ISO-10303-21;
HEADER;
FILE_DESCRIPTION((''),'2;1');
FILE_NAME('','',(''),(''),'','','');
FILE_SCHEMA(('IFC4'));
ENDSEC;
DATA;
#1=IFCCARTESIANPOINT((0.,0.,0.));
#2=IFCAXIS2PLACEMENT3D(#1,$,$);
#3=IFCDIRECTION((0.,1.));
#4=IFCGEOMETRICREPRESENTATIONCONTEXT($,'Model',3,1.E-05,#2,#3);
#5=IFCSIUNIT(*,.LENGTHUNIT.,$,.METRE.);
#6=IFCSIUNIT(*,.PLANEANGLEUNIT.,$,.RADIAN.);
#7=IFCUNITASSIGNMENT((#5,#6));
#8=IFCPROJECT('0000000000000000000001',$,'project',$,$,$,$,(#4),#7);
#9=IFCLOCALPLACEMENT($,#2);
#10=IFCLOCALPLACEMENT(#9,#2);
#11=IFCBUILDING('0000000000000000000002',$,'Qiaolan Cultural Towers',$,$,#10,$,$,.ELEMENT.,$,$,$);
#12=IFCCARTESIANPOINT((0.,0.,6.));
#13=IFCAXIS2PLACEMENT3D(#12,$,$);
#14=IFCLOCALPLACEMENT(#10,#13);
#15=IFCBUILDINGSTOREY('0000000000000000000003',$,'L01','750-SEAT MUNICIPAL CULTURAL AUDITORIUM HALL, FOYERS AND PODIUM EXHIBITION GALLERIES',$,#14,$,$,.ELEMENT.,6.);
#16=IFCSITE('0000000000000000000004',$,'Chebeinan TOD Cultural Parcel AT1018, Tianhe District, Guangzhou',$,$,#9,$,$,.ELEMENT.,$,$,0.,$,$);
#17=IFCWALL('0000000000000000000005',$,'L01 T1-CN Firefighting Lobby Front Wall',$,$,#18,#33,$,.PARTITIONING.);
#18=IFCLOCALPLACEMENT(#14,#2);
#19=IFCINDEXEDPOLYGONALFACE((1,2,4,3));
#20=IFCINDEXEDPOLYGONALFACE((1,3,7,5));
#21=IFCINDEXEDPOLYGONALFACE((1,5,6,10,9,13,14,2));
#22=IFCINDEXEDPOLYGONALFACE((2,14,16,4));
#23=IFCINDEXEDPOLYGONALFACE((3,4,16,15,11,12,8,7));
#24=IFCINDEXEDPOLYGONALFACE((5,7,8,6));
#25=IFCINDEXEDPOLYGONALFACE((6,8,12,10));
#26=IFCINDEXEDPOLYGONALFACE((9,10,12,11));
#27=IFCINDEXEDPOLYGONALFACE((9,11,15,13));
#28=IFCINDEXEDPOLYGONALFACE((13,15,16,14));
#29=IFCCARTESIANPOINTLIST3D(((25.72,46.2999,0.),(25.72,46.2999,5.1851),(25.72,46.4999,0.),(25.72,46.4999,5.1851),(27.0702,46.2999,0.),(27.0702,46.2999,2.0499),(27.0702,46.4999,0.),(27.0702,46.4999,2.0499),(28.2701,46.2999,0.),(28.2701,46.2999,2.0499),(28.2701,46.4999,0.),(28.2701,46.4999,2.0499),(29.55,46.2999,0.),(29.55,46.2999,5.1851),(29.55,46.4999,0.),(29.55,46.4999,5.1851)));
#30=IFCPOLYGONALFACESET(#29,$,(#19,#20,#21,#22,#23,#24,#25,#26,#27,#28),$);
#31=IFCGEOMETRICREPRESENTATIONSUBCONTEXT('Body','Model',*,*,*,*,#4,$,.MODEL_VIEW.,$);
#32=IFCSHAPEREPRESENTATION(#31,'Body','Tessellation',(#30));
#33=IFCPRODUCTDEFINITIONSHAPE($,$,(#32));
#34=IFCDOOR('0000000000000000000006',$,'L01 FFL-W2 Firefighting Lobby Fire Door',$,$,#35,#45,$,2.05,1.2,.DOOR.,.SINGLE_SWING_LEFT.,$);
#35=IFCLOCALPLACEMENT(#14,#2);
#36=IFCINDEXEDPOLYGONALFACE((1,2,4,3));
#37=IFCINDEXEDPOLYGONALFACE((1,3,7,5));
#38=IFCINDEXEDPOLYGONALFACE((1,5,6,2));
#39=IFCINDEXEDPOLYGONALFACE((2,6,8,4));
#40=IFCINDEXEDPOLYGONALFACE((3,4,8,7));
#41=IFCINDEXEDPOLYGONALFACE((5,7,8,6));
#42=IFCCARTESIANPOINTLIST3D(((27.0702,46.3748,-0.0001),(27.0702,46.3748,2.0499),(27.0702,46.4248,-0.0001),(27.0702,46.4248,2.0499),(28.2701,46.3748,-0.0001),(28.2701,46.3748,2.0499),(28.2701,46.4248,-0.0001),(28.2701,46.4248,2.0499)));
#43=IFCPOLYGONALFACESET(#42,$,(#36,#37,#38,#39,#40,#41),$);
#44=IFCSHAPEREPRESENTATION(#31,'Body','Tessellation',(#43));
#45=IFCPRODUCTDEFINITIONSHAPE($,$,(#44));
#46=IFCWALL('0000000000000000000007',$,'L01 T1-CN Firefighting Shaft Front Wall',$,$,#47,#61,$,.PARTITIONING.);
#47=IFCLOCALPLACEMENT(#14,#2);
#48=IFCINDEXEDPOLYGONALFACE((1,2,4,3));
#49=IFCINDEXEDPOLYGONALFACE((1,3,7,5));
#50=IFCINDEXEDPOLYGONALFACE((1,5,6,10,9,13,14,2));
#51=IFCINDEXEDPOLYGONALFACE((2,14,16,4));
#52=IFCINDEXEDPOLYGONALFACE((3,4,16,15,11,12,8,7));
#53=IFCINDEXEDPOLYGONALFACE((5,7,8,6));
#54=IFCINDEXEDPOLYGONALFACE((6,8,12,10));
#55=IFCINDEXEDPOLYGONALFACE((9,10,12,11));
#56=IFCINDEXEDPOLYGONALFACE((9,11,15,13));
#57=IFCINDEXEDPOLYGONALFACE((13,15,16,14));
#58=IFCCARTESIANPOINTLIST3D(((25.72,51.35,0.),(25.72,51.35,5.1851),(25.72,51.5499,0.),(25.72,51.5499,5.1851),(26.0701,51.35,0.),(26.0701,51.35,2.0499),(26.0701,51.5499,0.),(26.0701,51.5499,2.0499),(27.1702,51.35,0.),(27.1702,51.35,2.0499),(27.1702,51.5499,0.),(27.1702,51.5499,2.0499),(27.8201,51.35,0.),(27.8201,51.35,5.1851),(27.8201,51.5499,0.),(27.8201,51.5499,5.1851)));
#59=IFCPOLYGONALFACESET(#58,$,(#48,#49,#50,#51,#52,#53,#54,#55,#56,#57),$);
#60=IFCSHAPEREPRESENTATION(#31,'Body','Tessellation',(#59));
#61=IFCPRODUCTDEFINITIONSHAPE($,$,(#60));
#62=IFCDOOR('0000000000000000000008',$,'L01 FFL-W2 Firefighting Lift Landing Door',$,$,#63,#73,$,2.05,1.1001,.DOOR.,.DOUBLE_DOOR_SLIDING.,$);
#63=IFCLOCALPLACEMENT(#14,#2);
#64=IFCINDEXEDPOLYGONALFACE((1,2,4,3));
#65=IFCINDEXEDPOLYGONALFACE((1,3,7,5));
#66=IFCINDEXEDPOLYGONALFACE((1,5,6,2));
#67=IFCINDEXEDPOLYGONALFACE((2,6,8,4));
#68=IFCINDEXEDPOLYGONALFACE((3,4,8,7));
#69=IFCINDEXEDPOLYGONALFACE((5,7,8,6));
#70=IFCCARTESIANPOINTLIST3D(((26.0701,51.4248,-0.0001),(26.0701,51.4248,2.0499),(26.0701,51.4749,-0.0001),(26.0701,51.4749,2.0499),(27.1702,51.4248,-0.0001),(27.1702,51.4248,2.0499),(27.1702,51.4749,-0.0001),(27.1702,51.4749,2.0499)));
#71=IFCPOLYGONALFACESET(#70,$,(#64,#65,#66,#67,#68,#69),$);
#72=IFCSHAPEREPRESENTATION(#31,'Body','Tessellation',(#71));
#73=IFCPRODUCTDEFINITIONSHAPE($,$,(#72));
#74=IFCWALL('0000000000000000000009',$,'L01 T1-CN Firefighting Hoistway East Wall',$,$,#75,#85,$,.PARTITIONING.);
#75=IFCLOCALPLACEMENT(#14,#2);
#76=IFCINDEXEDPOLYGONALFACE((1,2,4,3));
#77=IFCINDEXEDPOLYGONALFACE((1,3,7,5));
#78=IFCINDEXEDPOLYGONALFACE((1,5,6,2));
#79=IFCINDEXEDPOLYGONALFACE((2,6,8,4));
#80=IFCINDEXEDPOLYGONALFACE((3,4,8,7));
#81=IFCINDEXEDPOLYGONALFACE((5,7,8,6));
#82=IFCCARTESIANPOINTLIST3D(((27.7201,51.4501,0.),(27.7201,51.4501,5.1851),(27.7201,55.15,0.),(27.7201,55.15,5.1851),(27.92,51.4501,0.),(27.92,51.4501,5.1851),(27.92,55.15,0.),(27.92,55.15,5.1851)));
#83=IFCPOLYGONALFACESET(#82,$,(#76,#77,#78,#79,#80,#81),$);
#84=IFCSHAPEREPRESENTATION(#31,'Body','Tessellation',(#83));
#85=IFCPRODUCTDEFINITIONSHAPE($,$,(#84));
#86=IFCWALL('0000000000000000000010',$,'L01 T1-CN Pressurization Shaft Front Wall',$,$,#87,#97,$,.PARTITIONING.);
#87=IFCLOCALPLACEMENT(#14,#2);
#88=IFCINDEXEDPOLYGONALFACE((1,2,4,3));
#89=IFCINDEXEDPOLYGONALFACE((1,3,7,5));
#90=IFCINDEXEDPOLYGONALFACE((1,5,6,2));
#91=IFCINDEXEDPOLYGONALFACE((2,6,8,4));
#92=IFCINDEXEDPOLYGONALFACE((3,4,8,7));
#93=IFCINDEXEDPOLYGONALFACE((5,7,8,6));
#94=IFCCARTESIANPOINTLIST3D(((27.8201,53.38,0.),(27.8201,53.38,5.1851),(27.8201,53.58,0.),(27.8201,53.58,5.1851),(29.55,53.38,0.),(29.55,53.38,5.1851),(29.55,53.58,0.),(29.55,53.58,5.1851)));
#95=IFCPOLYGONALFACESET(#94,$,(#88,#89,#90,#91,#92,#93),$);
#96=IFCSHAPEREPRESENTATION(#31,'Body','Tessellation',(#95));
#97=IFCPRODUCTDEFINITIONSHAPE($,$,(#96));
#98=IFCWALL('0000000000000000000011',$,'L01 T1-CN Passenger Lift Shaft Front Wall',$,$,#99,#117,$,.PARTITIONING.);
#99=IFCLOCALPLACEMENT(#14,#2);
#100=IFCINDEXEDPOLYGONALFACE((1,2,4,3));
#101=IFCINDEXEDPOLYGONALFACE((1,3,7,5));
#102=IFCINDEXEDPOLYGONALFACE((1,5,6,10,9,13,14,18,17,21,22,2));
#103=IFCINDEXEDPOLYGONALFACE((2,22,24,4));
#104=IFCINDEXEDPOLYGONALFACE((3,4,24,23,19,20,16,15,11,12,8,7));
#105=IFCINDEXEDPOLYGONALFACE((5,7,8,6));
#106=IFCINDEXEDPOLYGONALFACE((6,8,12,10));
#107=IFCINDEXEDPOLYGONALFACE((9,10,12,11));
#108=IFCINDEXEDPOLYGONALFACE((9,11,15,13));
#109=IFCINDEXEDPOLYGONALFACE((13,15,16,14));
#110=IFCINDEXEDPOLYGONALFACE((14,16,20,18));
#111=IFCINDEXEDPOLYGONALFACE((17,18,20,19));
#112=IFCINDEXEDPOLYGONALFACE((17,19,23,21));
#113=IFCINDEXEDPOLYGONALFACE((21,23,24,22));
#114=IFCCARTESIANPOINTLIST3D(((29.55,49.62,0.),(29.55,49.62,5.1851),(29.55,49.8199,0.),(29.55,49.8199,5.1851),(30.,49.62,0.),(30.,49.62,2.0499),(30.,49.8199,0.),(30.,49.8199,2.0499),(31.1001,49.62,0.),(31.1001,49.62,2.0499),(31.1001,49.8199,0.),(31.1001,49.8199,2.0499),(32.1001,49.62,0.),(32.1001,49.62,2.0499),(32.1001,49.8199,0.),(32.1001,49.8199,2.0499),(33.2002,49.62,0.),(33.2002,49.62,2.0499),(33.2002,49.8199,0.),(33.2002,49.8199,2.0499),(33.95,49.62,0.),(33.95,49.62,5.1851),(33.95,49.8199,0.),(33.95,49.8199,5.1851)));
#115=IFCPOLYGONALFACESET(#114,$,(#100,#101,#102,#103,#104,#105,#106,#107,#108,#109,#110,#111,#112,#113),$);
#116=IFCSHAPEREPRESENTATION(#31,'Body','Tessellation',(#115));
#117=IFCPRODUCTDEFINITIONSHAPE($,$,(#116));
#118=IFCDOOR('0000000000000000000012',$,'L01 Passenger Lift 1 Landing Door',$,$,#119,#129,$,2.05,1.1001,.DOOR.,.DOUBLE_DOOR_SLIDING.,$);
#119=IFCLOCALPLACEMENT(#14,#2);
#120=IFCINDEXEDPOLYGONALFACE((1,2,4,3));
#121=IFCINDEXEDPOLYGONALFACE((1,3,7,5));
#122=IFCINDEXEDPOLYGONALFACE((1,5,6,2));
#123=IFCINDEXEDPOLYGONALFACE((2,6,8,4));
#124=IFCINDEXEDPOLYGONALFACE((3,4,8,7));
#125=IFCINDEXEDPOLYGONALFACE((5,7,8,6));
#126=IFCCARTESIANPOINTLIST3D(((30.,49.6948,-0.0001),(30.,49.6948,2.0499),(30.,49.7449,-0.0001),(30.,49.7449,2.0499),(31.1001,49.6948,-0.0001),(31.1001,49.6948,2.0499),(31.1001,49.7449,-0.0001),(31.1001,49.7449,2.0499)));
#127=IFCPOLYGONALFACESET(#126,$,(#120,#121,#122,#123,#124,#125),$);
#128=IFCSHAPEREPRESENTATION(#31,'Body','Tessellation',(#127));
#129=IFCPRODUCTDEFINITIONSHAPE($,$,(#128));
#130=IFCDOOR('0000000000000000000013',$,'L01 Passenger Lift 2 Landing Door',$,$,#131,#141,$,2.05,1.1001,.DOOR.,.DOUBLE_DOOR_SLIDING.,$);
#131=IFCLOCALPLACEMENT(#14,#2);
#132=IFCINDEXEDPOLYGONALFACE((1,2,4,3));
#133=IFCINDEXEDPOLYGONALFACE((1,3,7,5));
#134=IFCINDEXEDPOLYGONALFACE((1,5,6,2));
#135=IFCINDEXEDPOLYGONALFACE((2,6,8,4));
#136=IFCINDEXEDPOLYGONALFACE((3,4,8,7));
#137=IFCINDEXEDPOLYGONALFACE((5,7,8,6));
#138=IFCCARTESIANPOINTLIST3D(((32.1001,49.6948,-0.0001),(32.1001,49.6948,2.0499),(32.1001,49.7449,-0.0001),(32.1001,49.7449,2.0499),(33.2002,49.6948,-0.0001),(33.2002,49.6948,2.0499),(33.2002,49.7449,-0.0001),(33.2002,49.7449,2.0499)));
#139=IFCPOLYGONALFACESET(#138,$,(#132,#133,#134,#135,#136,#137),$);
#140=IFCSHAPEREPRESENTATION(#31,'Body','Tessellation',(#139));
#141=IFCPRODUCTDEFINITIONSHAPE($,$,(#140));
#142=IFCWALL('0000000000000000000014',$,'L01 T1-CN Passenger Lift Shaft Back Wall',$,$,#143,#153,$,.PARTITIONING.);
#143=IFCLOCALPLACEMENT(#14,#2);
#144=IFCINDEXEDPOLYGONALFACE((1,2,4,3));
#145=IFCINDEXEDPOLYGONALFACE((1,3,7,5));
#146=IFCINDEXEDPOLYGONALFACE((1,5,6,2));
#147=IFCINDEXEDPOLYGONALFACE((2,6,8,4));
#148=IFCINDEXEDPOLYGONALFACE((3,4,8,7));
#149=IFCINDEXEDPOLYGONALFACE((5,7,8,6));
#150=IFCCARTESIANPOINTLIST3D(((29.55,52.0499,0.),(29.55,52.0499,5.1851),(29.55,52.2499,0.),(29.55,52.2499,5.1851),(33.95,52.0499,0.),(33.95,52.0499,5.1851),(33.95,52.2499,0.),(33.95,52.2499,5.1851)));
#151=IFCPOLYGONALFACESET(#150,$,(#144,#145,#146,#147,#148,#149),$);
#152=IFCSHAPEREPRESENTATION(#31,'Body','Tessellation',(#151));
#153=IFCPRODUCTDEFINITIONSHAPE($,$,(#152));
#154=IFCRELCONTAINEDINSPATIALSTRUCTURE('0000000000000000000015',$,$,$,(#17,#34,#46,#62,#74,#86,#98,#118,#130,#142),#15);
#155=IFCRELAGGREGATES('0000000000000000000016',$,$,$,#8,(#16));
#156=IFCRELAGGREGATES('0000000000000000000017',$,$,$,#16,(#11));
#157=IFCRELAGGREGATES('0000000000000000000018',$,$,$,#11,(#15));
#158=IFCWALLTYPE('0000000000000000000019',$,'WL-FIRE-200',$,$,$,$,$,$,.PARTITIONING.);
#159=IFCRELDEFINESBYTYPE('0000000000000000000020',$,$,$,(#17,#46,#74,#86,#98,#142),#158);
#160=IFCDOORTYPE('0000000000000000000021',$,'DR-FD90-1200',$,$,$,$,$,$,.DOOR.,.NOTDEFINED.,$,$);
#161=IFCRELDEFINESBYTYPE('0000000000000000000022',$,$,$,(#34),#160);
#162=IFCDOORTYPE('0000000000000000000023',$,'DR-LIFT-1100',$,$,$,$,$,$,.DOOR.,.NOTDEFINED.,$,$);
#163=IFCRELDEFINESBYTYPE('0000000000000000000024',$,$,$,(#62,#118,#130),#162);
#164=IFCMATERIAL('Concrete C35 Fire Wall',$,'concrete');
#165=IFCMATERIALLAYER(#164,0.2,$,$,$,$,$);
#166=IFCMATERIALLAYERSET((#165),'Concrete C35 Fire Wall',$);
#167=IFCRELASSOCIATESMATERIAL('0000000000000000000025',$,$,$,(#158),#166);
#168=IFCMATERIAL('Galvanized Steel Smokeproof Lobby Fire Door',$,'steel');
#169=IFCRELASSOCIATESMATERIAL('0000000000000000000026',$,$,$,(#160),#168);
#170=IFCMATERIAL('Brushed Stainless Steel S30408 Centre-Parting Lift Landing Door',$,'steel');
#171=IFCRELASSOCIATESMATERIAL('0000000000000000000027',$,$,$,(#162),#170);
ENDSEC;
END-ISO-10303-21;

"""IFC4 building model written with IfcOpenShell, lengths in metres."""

from ifc_helpers import new_model, si_unit, direction, frame, frame_2d, origin, place, context, subcontext, project, spatial, rectangle, extrude, material, layer, layer_set, type_object, element, fill, save


model = new_model("IFC4")

# Units and contexts
model_context = context("Model", 3, precision=1e-05, world=origin(), true_north=direction((0.0, 1.0)))
body_context = subcontext(model_context, "Body", "Model", "MODEL_VIEW")
ifc_project = project(units=[si_unit("LENGTHUNIT", "METRE"), si_unit("PLANEANGLEUNIT", "RADIAN")], contexts=[model_context])

# Site, building, storey
site_placement = place(None, origin())
site = spatial("IfcSite", under=ifc_project, at=site_placement, Name="Chebeinan TOD Cultural Parcel AT1018, Tianhe District, Guangzhou", CompositionType="ELEMENT", RefElevation=0.0)
building_placement = place(site_placement, origin())
building = spatial("IfcBuilding", under=site, at=building_placement, Name="Qiaolan Cultural Towers", CompositionType="ELEMENT")
storey_placement = place(building_placement, frame((0.0, 0.0, 6.0)))
storey = spatial("IfcBuildingStorey", under=building, at=storey_placement, Name="L01", Description="750-SEAT MUNICIPAL CULTURAL AUDITORIUM HALL, FOYERS AND PODIUM EXHIBITION GALLERIES", CompositionType="ELEMENT", Elevation=6.0)

# Shared definitions
ifc_material_1 = material(Name="Concrete C35 Fire Wall", Category="concrete")
ifc_layer_1 = layer(ifc_material_1, 0.2)
ifc_layer_set_1 = layer_set([ifc_layer_1], Name="Concrete C35 Fire Wall")
wall_type_1 = type_object("IfcWallType", Name="WL-FIRE-200", PredefinedType="PARTITIONING", material=ifc_layer_set_1)

# Walls, openings, doors
wall_1_placement = place(storey_placement, frame((25.72, 46.3999, 0.0), z_axis=(0.0, 0.0, 1.0), x_axis=(1.0, 0.0, 0.0)))
wall_1 = element("IfcWall", 1, at=wall_1_placement, inside=storey, type_object=wall_type_1, Name="L01 T1-CN Firefighting Lobby Front Wall", PredefinedType="PARTITIONING", context=body_context, shape_type="SweptSolid", body=[
    extrude(rectangle(XDim=3.8301, YDim=0.2, at=frame_2d((1.915, 0.0))), origin(), (0.0, 0.0, 1.0), 5.1851),
])
opening_1_placement = place(wall_1_placement, frame((1.3501, 0.0, 0.0)))
opening_1 = element("IfcOpeningElement", 2, at=opening_1_placement, cuts=wall_1, PredefinedType="OPENING", context=body_context, shape_type="SweptSolid", body=[
    extrude(rectangle(XDim=1.2, YDim=2.05, at=frame_2d((0.6001, 1.0249))), frame((0.0, 0.1099, 0.0), z_axis=(0.0, -1.0, 0.0), x_axis=(1.0, 0.0, 0.0)), (0.0, 0.0, 1.0), 0.22),
])
ifc_material_2 = material(Name="Galvanized Steel Smokeproof Lobby Fire Door", Category="steel")
door_type_1 = type_object("IfcDoorType", Name="DR-FD90-1200", OperationType="NOTDEFINED", PredefinedType="DOOR", material=ifc_material_2)
door_1_placement = place(opening_1_placement, origin())
door_1 = element("IfcDoor", 3, at=door_1_placement, inside=storey, type_object=door_type_1, Name="L01 FFL-W2 Firefighting Lobby Fire Door", OperationType="SINGLE_SWING_LEFT", OverallHeight=2.05, OverallWidth=1.2, PredefinedType="DOOR", context=body_context, shape_type="SweptSolid", body=[
    extrude(rectangle(XDim=1.2, YDim=2.05, at=frame_2d((0.6001, 1.0249))), frame((0.0, 0.0249, 0.0), z_axis=(0.0, -1.0, 0.0), x_axis=(1.0, 0.0, 0.0)), (0.0, 0.0, 1.0), 0.05),
])
fill(opening_1, door_1)
wall_2_placement = place(storey_placement, frame((25.72, 51.45, 0.0), z_axis=(0.0, 0.0, 1.0), x_axis=(1.0, 0.0, 0.0)))
wall_2 = element("IfcWall", 4, at=wall_2_placement, inside=storey, type_object=wall_type_1, Name="L01 T1-CN Firefighting Shaft Front Wall", PredefinedType="PARTITIONING", context=body_context, shape_type="SweptSolid", body=[
    extrude(rectangle(XDim=2.1001, YDim=0.2, at=frame_2d((1.05, 0.0))), origin(), (0.0, 0.0, 1.0), 5.1851),
])
opening_2_placement = place(wall_2_placement, frame((0.3501, 0.0, 0.0)))
opening_2 = element("IfcOpeningElement", 5, at=opening_2_placement, cuts=wall_2, PredefinedType="OPENING", context=body_context, shape_type="SweptSolid", body=[
    extrude(rectangle(XDim=1.1001, YDim=2.05, at=frame_2d((0.55, 1.0249))), frame((0.0, 0.1099, 0.0), z_axis=(0.0, -1.0, 0.0), x_axis=(1.0, 0.0, 0.0)), (0.0, 0.0, 1.0), 0.22),
])
ifc_material_3 = material(Name="Brushed Stainless Steel S30408 Centre-Parting Lift Landing Door", Category="steel")
door_type_2 = type_object("IfcDoorType", Name="DR-LIFT-1100", OperationType="NOTDEFINED", PredefinedType="DOOR", material=ifc_material_3)
door_2_placement = place(opening_2_placement, origin())
door_2 = element("IfcDoor", 6, at=door_2_placement, inside=storey, type_object=door_type_2, Name="L01 FFL-W2 Firefighting Lift Landing Door", OperationType="DOUBLE_DOOR_SLIDING", OverallHeight=2.05, OverallWidth=1.1001, PredefinedType="DOOR", context=body_context, shape_type="SweptSolid", body=[
    extrude(rectangle(XDim=1.1001, YDim=2.05, at=frame_2d((0.55, 1.0249))), frame((0.0, 0.0249, 0.0), z_axis=(0.0, -1.0, 0.0), x_axis=(1.0, 0.0, 0.0)), (0.0, 0.0, 1.0), 0.05),
])
fill(opening_2, door_2)

# Walls
wall_3_placement = place(storey_placement, frame((27.8201, 51.45, 0.0), z_axis=(0.0, 0.0, 1.0), x_axis=(0.0, 1.0, 0.0)))
element("IfcWall", 7, at=wall_3_placement, inside=storey, type_object=wall_type_1, Name="L01 T1-CN Firefighting Hoistway East Wall", PredefinedType="PARTITIONING", context=body_context, shape_type="SweptSolid", body=[
    extrude(rectangle(XDim=3.7, YDim=0.2, at=frame_2d((1.8501, 0.0))), origin(), (0.0, 0.0, 1.0), 5.1851),
])
wall_4_placement = place(storey_placement, frame((27.8201, 53.48, 0.0), z_axis=(0.0, 0.0, 1.0), x_axis=(1.0, 0.0, 0.0)))
element("IfcWall", 8, at=wall_4_placement, inside=storey, type_object=wall_type_1, Name="L01 T1-CN Pressurization Shaft Front Wall", PredefinedType="PARTITIONING", context=body_context, shape_type="SweptSolid", body=[
    extrude(rectangle(XDim=1.73, YDim=0.2, at=frame_2d((0.865, 0.0))), origin(), (0.0, 0.0, 1.0), 5.1851),
])

# Wall, openings, doors
wall_5_placement = place(storey_placement, frame((29.55, 49.72, 0.0), z_axis=(0.0, 0.0, 1.0), x_axis=(1.0, 0.0, 0.0)))
wall_5 = element("IfcWall", 9, at=wall_5_placement, inside=storey, type_object=wall_type_1, Name="L01 T1-CN Passenger Lift Shaft Front Wall", PredefinedType="PARTITIONING", context=body_context, shape_type="SweptSolid", body=[
    extrude(rectangle(XDim=4.3999, YDim=0.2, at=frame_2d((2.2, 0.0))), origin(), (0.0, 0.0, 1.0), 5.1851),
])
opening_3_placement = place(wall_5_placement, frame((0.45, 0.0, 0.0)))
opening_3 = element("IfcOpeningElement", 10, at=opening_3_placement, cuts=wall_5, PredefinedType="OPENING", context=body_context, shape_type="SweptSolid", body=[
    extrude(rectangle(XDim=1.1001, YDim=2.05, at=frame_2d((0.55, 1.0249))), frame((0.0, 0.1099, 0.0), z_axis=(0.0, -1.0, 0.0), x_axis=(1.0, 0.0, 0.0)), (0.0, 0.0, 1.0), 0.22),
])
opening_4_placement = place(wall_5_placement, frame((2.55, 0.0, 0.0)))
opening_4 = element("IfcOpeningElement", 11, at=opening_4_placement, cuts=wall_5, PredefinedType="OPENING", context=body_context, shape_type="SweptSolid", body=[
    extrude(rectangle(XDim=1.1001, YDim=2.05, at=frame_2d((0.55, 1.0249))), frame((0.0, 0.1099, 0.0), z_axis=(0.0, -1.0, 0.0), x_axis=(1.0, 0.0, 0.0)), (0.0, 0.0, 1.0), 0.22),
])
door_3_placement = place(opening_3_placement, origin())
door_3 = element("IfcDoor", 12, at=door_3_placement, inside=storey, type_object=door_type_2, Name="L01 Passenger Lift 1 Landing Door", OperationType="DOUBLE_DOOR_SLIDING", OverallHeight=2.05, OverallWidth=1.1001, PredefinedType="DOOR", context=body_context, shape_type="SweptSolid", body=[
    extrude(rectangle(XDim=1.1001, YDim=2.05, at=frame_2d((0.55, 1.0249))), frame((0.0, 0.0249, 0.0), z_axis=(0.0, -1.0, 0.0), x_axis=(1.0, 0.0, 0.0)), (0.0, 0.0, 1.0), 0.05),
])
fill(opening_3, door_3)
door_4_placement = place(opening_4_placement, origin())
door_4 = element("IfcDoor", 13, at=door_4_placement, inside=storey, type_object=door_type_2, Name="L01 Passenger Lift 2 Landing Door", OperationType="DOUBLE_DOOR_SLIDING", OverallHeight=2.05, OverallWidth=1.1001, PredefinedType="DOOR", context=body_context, shape_type="SweptSolid", body=[
    extrude(rectangle(XDim=1.1001, YDim=2.05, at=frame_2d((0.55, 1.0249))), frame((0.0, 0.0249, 0.0), z_axis=(0.0, -1.0, 0.0), x_axis=(1.0, 0.0, 0.0)), (0.0, 0.0, 1.0), 0.05),
])
fill(opening_4, door_4)

# Wall
wall_6_placement = place(storey_placement, frame((29.55, 52.1499, 0.0), z_axis=(0.0, 0.0, 1.0), x_axis=(1.0, 0.0, 0.0)))
element("IfcWall", 14, at=wall_6_placement, inside=storey, type_object=wall_type_1, Name="L01 T1-CN Passenger Lift Shaft Back Wall", PredefinedType="PARTITIONING", context=body_context, shape_type="SweptSolid", body=[
    extrude(rectangle(XDim=4.3999, YDim=0.2, at=frame_2d((2.2, 0.0))), origin(), (0.0, 0.0, 1.0), 5.1851),
])

save(model, "model.ifc")
